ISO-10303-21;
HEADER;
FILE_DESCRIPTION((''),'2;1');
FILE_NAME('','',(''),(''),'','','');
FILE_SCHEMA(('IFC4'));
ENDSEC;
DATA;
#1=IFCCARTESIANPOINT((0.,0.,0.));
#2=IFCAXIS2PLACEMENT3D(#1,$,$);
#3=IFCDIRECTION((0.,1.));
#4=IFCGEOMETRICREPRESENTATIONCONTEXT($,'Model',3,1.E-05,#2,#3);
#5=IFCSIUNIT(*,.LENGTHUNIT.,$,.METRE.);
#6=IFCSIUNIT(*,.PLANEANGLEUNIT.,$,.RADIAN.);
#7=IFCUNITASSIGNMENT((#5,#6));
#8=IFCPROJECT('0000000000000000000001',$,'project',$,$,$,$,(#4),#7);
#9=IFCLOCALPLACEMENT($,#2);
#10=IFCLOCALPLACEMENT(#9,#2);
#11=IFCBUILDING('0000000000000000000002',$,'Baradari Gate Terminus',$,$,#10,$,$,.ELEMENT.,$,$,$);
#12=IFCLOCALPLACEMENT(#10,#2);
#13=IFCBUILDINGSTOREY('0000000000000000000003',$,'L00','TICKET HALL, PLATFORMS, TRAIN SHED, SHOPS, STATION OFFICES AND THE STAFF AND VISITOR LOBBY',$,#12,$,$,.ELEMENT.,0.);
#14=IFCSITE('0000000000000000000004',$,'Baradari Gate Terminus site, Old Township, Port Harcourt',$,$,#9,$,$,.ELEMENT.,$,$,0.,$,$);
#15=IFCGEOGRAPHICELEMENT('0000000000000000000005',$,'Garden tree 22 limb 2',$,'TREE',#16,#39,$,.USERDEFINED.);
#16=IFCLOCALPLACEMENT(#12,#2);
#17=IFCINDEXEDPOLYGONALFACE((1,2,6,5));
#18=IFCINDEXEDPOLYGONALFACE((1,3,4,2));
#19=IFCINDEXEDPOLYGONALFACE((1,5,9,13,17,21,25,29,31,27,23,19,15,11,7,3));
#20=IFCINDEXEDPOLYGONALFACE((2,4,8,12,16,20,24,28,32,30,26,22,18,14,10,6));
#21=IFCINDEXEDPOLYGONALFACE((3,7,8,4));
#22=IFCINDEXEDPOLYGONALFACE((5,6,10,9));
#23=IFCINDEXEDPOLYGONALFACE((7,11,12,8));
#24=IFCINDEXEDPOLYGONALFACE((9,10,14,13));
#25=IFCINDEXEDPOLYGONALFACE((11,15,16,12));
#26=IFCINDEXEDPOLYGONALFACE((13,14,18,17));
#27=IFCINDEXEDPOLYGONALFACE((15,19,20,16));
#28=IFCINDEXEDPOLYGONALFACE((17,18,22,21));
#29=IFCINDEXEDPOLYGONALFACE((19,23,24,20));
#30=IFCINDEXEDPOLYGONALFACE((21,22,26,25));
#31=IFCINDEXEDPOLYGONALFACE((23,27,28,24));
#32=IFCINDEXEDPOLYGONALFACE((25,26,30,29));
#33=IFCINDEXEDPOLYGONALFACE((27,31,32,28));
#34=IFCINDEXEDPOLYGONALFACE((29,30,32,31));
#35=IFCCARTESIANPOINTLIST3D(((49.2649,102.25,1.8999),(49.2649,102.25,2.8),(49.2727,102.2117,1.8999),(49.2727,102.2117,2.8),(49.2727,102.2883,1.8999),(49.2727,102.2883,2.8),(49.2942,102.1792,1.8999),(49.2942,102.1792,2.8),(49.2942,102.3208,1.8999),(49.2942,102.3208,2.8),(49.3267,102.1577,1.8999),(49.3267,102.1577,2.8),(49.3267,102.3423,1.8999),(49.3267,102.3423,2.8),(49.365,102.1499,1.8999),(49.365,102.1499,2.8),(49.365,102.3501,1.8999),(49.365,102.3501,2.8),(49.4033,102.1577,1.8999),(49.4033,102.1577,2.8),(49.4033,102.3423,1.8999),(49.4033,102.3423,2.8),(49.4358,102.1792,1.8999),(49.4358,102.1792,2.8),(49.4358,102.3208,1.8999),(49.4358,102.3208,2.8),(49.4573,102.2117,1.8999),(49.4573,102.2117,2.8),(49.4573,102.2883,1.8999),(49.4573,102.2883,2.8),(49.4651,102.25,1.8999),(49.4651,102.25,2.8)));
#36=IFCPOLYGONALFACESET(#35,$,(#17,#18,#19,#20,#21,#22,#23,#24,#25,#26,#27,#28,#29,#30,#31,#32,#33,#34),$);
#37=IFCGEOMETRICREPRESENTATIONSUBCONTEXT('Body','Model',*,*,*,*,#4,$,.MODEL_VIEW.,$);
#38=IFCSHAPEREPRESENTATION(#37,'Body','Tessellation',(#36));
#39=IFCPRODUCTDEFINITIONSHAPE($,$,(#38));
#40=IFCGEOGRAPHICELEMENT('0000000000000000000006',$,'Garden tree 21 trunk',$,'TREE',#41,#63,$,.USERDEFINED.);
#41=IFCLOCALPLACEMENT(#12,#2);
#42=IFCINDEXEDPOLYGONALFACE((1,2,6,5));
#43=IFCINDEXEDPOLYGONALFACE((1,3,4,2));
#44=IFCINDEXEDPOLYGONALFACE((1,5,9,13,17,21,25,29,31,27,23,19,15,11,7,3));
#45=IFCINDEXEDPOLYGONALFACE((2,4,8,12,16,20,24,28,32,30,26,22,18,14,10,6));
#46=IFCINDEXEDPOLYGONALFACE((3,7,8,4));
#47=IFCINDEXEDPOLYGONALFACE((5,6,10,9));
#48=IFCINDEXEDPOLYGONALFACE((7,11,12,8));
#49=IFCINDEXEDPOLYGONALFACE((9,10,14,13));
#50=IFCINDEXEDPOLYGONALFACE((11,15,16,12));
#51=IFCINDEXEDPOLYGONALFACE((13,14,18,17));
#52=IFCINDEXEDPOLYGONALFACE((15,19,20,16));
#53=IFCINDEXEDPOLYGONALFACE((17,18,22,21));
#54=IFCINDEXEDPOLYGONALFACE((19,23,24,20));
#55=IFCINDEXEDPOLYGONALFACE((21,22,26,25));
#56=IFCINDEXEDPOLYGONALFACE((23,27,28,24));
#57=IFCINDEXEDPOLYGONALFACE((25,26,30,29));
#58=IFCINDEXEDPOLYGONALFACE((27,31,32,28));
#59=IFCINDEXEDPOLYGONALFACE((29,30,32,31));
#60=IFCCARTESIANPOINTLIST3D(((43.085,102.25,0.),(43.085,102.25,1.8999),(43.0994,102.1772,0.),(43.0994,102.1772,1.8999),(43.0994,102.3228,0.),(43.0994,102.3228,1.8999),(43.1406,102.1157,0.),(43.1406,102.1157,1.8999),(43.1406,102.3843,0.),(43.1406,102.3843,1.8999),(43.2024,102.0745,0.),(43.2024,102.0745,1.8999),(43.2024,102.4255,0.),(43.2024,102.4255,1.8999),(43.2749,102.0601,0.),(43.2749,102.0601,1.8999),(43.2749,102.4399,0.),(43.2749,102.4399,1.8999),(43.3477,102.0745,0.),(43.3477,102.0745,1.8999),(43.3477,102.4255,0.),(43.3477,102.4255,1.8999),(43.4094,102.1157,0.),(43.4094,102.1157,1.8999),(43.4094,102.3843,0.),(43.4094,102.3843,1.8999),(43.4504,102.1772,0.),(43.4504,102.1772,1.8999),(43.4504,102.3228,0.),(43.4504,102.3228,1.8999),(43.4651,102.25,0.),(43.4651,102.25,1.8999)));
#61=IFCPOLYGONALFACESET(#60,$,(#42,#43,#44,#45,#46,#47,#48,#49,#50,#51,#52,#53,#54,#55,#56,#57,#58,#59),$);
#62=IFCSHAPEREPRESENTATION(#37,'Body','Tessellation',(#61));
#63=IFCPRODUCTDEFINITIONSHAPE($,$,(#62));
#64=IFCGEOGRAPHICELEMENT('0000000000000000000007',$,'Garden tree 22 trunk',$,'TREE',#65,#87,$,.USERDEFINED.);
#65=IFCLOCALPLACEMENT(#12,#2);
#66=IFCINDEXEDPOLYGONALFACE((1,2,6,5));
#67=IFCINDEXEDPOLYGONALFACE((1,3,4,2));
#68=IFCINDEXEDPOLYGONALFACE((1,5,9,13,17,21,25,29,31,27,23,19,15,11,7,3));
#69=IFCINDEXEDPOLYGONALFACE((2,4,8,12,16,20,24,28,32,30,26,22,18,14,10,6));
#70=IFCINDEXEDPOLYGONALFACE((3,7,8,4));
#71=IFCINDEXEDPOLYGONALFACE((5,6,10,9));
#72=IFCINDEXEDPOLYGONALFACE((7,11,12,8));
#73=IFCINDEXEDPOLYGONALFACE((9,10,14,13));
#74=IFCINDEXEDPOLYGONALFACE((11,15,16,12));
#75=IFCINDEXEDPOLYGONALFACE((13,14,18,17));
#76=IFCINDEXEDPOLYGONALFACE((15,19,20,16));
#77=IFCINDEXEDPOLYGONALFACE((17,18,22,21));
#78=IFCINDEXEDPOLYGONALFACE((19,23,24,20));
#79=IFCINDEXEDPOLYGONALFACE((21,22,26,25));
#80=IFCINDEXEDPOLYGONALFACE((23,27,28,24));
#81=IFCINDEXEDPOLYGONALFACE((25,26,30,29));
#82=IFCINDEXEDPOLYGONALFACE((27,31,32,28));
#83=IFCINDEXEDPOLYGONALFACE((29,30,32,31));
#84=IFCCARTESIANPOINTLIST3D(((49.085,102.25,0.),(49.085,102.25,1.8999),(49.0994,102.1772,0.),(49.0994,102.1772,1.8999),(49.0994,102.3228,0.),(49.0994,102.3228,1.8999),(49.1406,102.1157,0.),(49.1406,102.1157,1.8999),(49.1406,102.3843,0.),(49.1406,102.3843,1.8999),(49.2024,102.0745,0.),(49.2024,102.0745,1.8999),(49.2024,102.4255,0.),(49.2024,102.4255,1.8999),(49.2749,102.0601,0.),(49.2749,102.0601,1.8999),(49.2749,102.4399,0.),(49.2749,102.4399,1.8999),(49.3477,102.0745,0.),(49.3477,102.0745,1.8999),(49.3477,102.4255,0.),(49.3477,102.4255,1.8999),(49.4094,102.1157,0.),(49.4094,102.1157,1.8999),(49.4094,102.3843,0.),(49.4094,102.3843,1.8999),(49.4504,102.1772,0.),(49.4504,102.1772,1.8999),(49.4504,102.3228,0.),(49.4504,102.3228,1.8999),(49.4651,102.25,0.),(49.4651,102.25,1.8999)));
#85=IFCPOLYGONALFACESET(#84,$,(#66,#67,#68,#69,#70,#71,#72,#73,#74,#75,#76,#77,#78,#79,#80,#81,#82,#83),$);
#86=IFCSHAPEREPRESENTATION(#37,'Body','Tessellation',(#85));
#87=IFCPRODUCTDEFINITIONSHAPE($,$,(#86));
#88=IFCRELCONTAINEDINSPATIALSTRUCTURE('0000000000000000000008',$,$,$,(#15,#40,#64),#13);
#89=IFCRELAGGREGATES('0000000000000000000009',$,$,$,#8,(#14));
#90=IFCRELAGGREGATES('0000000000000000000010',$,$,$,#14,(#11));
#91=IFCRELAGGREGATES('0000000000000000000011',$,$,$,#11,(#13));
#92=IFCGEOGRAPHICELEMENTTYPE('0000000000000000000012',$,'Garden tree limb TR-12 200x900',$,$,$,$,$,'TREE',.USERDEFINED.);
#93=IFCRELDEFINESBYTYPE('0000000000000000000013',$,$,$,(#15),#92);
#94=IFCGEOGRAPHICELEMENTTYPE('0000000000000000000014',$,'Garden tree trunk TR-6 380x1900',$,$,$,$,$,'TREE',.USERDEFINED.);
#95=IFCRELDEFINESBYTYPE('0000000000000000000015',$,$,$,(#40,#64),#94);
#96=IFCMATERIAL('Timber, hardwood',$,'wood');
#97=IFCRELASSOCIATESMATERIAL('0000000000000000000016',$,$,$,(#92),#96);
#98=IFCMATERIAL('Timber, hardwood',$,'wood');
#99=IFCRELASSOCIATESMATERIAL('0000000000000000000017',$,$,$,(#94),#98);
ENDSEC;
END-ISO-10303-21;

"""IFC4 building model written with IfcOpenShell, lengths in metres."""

from ifc_helpers import new_model, si_unit, direction, frame, origin, place, context, subcontext, project, spatial, polyline, outline, extrude, material, type_object, element, save


model = new_model("IFC4")

# Units and contexts
model_context = context("Model", 3, precision=1e-05, world=origin(), true_north=direction((0.0, 1.0)))
body_context = subcontext(model_context, "Body", "Model", "MODEL_VIEW")
ifc_project = project(units=[si_unit("LENGTHUNIT", "METRE"), si_unit("PLANEANGLEUNIT", "RADIAN")], contexts=[model_context])

# Site, building, storey
site_placement = place(None, origin())
site = spatial("IfcSite", under=ifc_project, at=site_placement, Name="Baradari Gate Terminus site, Old Township, Port Harcourt", CompositionType="ELEMENT", RefElevation=0.0)
building_placement = place(site_placement, origin())
building = spatial("IfcBuilding", under=site, at=building_placement, Name="Baradari Gate Terminus", CompositionType="ELEMENT")
storey_placement = place(building_placement, origin())
storey = spatial("IfcBuildingStorey", under=building, at=storey_placement, Name="L00", Description="TICKET HALL, PLATFORMS, TRAIN SHED, SHOPS, STATION OFFICES AND THE STAFF AND VISITOR LOBBY", CompositionType="ELEMENT", Elevation=0.0)

# Geographic elements
ifc_material_1 = material(Name="Timber, hardwood", Category="wood")
geographic_element_type_1 = type_object("IfcGeographicElementType", Name="Garden tree limb TR-12 200x900", ElementType="TREE", PredefinedType="USERDEFINED", material=ifc_material_1)
geographic_element_1_placement = place(storey_placement, frame((0.0, 0.0, 1.8999)))
element("IfcGeographicElement", 1, at=geographic_element_1_placement, inside=storey, type_object=geographic_element_type_1, Name="Garden tree 22 limb 2", ObjectType="TREE", PredefinedType="USERDEFINED", context=body_context, shape_type="SweptSolid", body=[
    extrude(outline(polyline([(49.4651, 102.25), (49.4573, 102.2883), (49.4358, 102.3208), (49.4033, 102.3423), (49.365, 102.3501), (49.3267, 102.3423), (49.2942, 102.3208), (49.2727, 102.2883), (49.2649, 102.25), (49.2727, 102.2117), (49.2942, 102.1792), (49.3267, 102.1577), (49.365, 102.1499), (49.4033, 102.1577), (49.4358, 102.1792), (49.4573, 102.2117), (49.4651, 102.25)])), origin(), (0.0, 0.0, 1.0), 0.9001),
])
ifc_material_2 = material(Name="Timber, hardwood", Category="wood")
geographic_element_type_2 = type_object("IfcGeographicElementType", Name="Garden tree trunk TR-6 380x1900", ElementType="TREE", PredefinedType="USERDEFINED", material=ifc_material_2)
geographic_element_2_placement = place(storey_placement, origin())
element("IfcGeographicElement", 2, at=geographic_element_2_placement, inside=storey, type_object=geographic_element_type_2, Name="Garden tree 21 trunk", ObjectType="TREE", PredefinedType="USERDEFINED", context=body_context, shape_type="SweptSolid", body=[
    extrude(outline(polyline([(43.4651, 102.25), (43.4504, 102.3228), (43.4094, 102.3843), (43.3477, 102.4255), (43.2749, 102.4399), (43.2024, 102.4255), (43.1406, 102.3843), (43.0994, 102.3228), (43.085, 102.25), (43.0994, 102.1772), (43.1406, 102.1157), (43.2024, 102.0745), (43.2749, 102.0601), (43.3477, 102.0745), (43.4094, 102.1157), (43.4504, 102.1772), (43.4651, 102.25)])), origin(), (0.0, 0.0, 1.0), 1.8999),
])
geographic_element_3_placement = place(storey_placement, origin())
element("IfcGeographicElement", 3, at=geographic_element_3_placement, inside=storey, type_object=geographic_element_type_2, Name="Garden tree 22 trunk", ObjectType="TREE", PredefinedType="USERDEFINED", context=body_context, shape_type="SweptSolid", body=[
    extrude(outline(polyline([(49.4651, 102.25), (49.4504, 102.3228), (49.4094, 102.3843), (49.3477, 102.4255), (49.2749, 102.4399), (49.2024, 102.4255), (49.1406, 102.3843), (49.0994, 102.3228), (49.085, 102.25), (49.0994, 102.1772), (49.1406, 102.1157), (49.2024, 102.0745), (49.2749, 102.0601), (49.3477, 102.0745), (49.4094, 102.1157), (49.4504, 102.1772), (49.4651, 102.25)])), origin(), (0.0, 0.0, 1.0), 1.8999),
])

save(model, "model.ifc")
